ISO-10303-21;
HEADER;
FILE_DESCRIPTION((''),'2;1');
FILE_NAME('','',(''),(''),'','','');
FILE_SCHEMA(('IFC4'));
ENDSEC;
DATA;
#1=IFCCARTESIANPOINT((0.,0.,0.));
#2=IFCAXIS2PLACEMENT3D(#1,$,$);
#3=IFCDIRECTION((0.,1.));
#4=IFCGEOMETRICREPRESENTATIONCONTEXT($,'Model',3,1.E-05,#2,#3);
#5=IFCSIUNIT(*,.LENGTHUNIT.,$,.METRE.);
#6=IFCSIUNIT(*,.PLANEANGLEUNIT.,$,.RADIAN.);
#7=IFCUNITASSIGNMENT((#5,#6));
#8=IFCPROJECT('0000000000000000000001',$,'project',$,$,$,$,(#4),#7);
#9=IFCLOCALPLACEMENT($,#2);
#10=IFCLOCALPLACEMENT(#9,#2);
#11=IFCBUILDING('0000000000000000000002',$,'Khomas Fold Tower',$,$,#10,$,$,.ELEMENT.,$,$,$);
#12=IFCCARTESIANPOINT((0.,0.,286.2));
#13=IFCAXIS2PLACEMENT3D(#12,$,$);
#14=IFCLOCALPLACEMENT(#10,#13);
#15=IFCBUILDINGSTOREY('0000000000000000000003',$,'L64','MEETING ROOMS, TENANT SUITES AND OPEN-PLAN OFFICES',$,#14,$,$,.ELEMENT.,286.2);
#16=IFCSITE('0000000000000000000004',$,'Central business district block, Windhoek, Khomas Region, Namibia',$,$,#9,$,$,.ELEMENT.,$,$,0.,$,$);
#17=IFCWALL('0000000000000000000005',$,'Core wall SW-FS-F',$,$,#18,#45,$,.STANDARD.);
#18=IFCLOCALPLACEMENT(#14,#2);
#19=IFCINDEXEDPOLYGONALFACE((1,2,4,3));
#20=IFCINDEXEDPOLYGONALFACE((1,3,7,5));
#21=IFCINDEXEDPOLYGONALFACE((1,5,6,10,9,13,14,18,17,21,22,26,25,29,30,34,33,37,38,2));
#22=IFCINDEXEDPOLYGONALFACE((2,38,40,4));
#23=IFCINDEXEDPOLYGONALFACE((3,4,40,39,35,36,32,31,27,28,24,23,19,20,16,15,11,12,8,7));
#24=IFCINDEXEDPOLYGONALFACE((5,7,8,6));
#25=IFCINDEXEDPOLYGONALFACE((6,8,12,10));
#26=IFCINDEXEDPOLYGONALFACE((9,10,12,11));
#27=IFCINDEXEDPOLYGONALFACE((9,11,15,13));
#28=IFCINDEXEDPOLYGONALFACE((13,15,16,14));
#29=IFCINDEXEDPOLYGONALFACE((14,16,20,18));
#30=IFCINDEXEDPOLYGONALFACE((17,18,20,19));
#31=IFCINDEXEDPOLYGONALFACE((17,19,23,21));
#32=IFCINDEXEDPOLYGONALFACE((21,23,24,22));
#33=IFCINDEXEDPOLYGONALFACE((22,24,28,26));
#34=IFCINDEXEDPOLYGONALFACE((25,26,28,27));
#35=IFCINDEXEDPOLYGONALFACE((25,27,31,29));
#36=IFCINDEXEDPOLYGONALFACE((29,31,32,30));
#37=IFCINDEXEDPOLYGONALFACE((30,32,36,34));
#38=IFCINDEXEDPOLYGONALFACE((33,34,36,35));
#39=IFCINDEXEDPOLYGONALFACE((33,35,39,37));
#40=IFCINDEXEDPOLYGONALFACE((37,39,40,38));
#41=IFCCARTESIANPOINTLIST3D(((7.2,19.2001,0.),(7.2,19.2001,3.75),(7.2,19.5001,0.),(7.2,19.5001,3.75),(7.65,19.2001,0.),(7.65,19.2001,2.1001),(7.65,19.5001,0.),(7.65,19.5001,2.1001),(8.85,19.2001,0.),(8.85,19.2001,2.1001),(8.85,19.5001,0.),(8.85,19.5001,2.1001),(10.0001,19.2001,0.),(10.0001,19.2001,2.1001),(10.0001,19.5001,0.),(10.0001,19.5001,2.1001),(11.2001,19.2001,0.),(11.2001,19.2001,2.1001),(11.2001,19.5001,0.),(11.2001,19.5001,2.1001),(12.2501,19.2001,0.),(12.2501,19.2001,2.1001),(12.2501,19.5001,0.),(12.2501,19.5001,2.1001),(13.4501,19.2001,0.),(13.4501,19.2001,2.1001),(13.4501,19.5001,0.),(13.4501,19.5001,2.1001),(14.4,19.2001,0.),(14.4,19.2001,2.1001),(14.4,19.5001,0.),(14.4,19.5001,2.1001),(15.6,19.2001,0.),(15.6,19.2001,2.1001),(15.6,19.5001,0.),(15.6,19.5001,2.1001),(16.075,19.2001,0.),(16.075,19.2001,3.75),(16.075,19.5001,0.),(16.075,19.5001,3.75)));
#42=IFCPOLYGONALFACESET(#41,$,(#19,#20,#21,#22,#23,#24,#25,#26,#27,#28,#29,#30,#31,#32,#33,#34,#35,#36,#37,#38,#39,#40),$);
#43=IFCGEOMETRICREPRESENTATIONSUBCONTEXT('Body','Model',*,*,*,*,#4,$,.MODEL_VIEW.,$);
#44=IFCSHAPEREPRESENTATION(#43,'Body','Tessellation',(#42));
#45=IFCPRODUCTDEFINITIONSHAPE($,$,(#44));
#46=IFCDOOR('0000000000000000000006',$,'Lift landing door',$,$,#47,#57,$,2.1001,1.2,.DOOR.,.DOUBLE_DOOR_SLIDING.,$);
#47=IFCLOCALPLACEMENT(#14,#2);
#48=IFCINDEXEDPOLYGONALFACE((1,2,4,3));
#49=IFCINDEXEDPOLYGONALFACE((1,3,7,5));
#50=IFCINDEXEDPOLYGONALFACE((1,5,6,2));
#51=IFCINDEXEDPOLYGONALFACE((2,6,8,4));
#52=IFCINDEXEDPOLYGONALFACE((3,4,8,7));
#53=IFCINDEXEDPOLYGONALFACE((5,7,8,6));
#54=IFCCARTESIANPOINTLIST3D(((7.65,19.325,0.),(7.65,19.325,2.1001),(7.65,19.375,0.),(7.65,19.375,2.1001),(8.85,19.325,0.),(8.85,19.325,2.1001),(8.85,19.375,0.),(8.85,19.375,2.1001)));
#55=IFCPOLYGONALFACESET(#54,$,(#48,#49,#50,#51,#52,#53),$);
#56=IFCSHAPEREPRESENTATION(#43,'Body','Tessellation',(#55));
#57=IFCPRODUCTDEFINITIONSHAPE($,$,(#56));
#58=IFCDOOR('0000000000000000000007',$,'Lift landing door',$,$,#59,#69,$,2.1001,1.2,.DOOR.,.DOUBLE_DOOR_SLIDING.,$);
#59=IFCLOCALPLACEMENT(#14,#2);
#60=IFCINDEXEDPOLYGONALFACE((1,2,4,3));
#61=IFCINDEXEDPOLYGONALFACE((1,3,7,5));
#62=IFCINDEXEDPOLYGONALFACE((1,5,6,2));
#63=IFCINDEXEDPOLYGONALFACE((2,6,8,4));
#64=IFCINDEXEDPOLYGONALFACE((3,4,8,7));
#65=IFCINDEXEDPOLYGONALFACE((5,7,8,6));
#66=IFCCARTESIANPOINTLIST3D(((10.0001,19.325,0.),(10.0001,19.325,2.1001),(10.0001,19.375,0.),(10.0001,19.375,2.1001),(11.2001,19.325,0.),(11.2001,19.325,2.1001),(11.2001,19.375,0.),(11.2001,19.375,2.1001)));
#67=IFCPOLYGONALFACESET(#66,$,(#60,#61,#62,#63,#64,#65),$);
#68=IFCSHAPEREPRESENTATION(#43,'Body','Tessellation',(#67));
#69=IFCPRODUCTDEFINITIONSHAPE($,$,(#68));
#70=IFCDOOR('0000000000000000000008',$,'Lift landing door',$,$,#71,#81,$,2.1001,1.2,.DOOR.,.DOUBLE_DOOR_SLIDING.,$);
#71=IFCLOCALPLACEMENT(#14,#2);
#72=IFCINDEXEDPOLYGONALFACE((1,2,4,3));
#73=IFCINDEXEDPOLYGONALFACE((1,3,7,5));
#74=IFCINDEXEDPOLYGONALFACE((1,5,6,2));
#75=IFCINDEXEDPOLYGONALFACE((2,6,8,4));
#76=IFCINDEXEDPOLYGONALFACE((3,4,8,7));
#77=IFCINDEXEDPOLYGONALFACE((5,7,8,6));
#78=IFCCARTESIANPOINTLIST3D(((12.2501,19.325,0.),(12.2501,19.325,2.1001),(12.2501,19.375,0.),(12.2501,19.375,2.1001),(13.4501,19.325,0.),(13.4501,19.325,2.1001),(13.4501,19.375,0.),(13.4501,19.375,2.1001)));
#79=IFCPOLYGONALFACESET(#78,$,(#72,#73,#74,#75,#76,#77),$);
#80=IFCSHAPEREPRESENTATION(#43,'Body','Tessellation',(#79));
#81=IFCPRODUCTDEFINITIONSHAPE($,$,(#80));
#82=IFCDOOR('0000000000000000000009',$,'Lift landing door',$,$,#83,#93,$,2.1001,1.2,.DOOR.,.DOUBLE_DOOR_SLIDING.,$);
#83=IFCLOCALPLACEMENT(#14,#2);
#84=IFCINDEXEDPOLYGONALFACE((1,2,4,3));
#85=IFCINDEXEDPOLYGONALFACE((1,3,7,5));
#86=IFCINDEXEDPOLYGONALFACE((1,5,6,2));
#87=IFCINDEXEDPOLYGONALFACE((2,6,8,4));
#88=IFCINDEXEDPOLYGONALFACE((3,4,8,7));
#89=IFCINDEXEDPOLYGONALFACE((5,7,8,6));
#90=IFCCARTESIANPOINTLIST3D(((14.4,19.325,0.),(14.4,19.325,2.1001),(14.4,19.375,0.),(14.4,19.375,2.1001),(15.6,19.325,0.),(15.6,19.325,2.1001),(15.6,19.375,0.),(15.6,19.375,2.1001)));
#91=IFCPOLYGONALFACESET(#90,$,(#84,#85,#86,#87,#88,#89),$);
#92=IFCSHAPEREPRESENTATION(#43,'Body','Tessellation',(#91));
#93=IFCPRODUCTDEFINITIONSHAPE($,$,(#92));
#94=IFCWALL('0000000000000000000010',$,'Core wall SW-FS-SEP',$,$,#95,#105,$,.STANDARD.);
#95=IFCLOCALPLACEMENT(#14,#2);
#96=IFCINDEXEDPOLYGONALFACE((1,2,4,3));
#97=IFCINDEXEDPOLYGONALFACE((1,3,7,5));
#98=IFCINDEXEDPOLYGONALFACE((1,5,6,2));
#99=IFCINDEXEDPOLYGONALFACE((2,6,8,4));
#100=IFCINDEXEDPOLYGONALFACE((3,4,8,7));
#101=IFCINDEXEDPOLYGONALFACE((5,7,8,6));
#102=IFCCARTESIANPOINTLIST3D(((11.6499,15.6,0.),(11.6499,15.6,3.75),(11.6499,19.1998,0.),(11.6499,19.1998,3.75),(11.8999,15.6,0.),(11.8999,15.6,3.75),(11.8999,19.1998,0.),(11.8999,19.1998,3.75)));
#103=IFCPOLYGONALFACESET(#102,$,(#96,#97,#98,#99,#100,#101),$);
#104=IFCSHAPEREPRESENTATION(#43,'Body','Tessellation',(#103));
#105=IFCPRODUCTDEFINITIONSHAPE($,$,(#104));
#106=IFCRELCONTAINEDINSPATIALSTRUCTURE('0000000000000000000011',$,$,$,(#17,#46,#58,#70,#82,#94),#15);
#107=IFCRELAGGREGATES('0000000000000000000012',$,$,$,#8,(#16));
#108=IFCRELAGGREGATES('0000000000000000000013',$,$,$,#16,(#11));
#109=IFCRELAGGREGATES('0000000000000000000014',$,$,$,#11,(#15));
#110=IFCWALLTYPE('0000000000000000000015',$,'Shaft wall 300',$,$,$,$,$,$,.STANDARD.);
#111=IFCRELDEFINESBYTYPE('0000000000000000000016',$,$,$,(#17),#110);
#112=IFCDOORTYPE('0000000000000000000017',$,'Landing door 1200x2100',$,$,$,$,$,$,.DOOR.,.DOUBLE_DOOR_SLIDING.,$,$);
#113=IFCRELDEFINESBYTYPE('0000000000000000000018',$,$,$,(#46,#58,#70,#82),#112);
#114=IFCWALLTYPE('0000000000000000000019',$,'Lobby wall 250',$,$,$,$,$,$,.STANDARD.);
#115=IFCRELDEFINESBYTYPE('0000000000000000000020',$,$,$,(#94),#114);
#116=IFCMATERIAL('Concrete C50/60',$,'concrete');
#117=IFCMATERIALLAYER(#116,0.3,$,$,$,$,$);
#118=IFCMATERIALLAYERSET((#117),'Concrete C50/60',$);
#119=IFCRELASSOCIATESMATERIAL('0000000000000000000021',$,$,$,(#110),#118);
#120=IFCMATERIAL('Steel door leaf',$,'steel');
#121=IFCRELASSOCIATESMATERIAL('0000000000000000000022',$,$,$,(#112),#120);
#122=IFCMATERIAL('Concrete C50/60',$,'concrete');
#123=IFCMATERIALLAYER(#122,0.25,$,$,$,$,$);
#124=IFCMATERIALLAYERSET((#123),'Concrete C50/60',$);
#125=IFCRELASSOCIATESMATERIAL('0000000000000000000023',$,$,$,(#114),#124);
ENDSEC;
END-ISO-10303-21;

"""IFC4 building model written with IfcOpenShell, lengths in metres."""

from ifc_helpers import new_model, si_unit, direction, frame, frame_2d, origin, place, context, subcontext, project, spatial, rectangle, extrude, source, transform, mapped, material, layer, layer_set, type_object, element, fill, save


model = new_model("IFC4")

# Units and contexts
model_context = context("Model", 3, precision=1e-05, world=origin(), true_north=direction((0.0, 1.0)))
body_context = subcontext(model_context, "Body", "Model", "MODEL_VIEW")
ifc_project = project(units=[si_unit("LENGTHUNIT", "METRE"), si_unit("PLANEANGLEUNIT", "RADIAN")], contexts=[model_context])

# Site, building, storey
site_placement = place(None, origin())
site = spatial("IfcSite", under=ifc_project, at=site_placement, Name="Central business district block, Windhoek, Khomas Region, Namibia", CompositionType="ELEMENT", RefElevation=0.0)
building_placement = place(site_placement, origin())
building = spatial("IfcBuilding", under=site, at=building_placement, Name="Khomas Fold Tower", CompositionType="ELEMENT")
storey_placement = place(building_placement, frame((0.0, 0.0, 286.2)))
storey = spatial("IfcBuildingStorey", under=building, at=storey_placement, Name="L64", Description="MEETING ROOMS, TENANT SUITES AND OPEN-PLAN OFFICES", CompositionType="ELEMENT", Elevation=286.2)

# Wall, openings, doors
ifc_material_1 = material(Name="Concrete C50/60", Category="concrete")
ifc_layer_1 = layer(ifc_material_1, 0.3)
ifc_layer_set_1 = layer_set([ifc_layer_1], Name="Concrete C50/60")
wall_type_1 = type_object("IfcWallType", Name="Shaft wall 300", PredefinedType="STANDARD", material=ifc_layer_set_1)
shared_shape_1 = source(origin(), body_context, "Body", "SweptSolid", [
    extrude(rectangle(XDim=8.875, YDim=0.3, at=frame_2d((4.4375, 0.0))), origin(), (0.0, 0.0, 1.0), 3.75),
])
wall_1_placement = place(storey_placement, frame((7.2, 19.3501, 0.0), z_axis=(0.0, 0.0, 1.0), x_axis=(1.0, 0.0, 0.0)))
wall_1 = element("IfcWall", 1, at=wall_1_placement, inside=storey, type_object=wall_type_1, Name="Core wall SW-FS-F", PredefinedType="STANDARD", context=body_context, shape_type="MappedRepresentation", body=[
    mapped(shared_shape_1, transform((0.0, 0.0, 0.0))),
])
shared_shape_2 = source(origin(), body_context, "Body", "SweptSolid", [
    extrude(rectangle(XDim=1.2, YDim=2.1001, at=frame_2d((0.6001, 1.05))), frame((0.0, 0.1599, 0.0), z_axis=(0.0, -1.0, 0.0), x_axis=(1.0, 0.0, 0.0)), (0.0, 0.0, 1.0), 0.3201),
])
opening_1_placement = place(wall_1_placement, frame((0.45, 0.0, 0.0)))
opening_1 = element("IfcOpeningElement", 2, at=opening_1_placement, cuts=wall_1, PredefinedType="OPENING", context=body_context, shape_type="MappedRepresentation", body=[
    mapped(shared_shape_2, transform((0.0, 0.0, 0.0))),
])
opening_2_placement = place(wall_1_placement, frame((2.8, 0.0, 0.0)))
opening_2 = element("IfcOpeningElement", 3, at=opening_2_placement, cuts=wall_1, PredefinedType="OPENING", context=body_context, shape_type="MappedRepresentation", body=[
    mapped(shared_shape_2, transform((0.0, 0.0, 0.0))),
])
opening_3_placement = place(wall_1_placement, frame((5.05, 0.0, 0.0)))
opening_3 = element("IfcOpeningElement", 4, at=opening_3_placement, cuts=wall_1, PredefinedType="OPENING", context=body_context, shape_type="MappedRepresentation", body=[
    mapped(shared_shape_2, transform((0.0, 0.0, 0.0))),
])
opening_4_placement = place(wall_1_placement, frame((7.2, 0.0, 0.0)))
opening_4 = element("IfcOpeningElement", 5, at=opening_4_placement, cuts=wall_1, PredefinedType="OPENING", context=body_context, shape_type="MappedRepresentation", body=[
    mapped(shared_shape_2, transform((0.0, 0.0, 0.0))),
])
ifc_material_2 = material(Name="Steel door leaf", Category="steel")
door_type_1 = type_object("IfcDoorType", Name="Landing door 1200x2100", OperationType="DOUBLE_DOOR_SLIDING", PredefinedType="DOOR", material=ifc_material_2)
shared_shape_3 = source(origin(), body_context, "Body", "SweptSolid", [
    extrude(rectangle(XDim=1.2, YDim=2.1001, at=frame_2d((0.6001, 1.05))), frame((0.0, 0.0249, 0.0), z_axis=(0.0, -1.0, 0.0), x_axis=(1.0, 0.0, 0.0)), (0.0, 0.0, 1.0), 0.05),
])
door_1_placement = place(opening_1_placement, origin())
door_1 = element("IfcDoor", 6, at=door_1_placement, inside=storey, type_object=door_type_1, Name="Lift landing door", OperationType="DOUBLE_DOOR_SLIDING", OverallHeight=2.1001, OverallWidth=1.2, PredefinedType="DOOR", context=body_context, shape_type="MappedRepresentation", body=[
    mapped(shared_shape_3, transform((0.0, 0.0, 0.0))),
])
fill(opening_1, door_1)
door_2_placement = place(opening_2_placement, origin())
door_2 = element("IfcDoor", 7, at=door_2_placement, inside=storey, type_object=door_type_1, Name="Lift landing door", OperationType="DOUBLE_DOOR_SLIDING", OverallHeight=2.1001, OverallWidth=1.2, PredefinedType="DOOR", context=body_context, shape_type="MappedRepresentation", body=[
    mapped(shared_shape_3, transform((0.0, 0.0, 0.0))),
])
fill(opening_2, door_2)
door_3_placement = place(opening_3_placement, origin())
door_3 = element("IfcDoor", 8, at=door_3_placement, inside=storey, type_object=door_type_1, Name="Lift landing door", OperationType="DOUBLE_DOOR_SLIDING", OverallHeight=2.1001, OverallWidth=1.2, PredefinedType="DOOR", context=body_context, shape_type="MappedRepresentation", body=[
    mapped(shared_shape_3, transform((0.0, 0.0, 0.0))),
])
fill(opening_3, door_3)
door_4_placement = place(opening_4_placement, origin())
door_4 = element("IfcDoor", 9, at=door_4_placement, inside=storey, type_object=door_type_1, Name="Lift landing door", OperationType="DOUBLE_DOOR_SLIDING", OverallHeight=2.1001, OverallWidth=1.2, PredefinedType="DOOR", context=body_context, shape_type="MappedRepresentation", body=[
    mapped(shared_shape_3, transform((0.0, 0.0, 0.0))),
])
fill(opening_4, door_4)

# Wall
ifc_material_3 = material(Name="Concrete C50/60", Category="concrete")
ifc_layer_2 = layer(ifc_material_3, 0.25)
ifc_layer_set_2 = layer_set([ifc_layer_2], Name="Concrete C50/60")
wall_type_2 = type_object("IfcWallType", Name="Lobby wall 250", PredefinedType="STANDARD", material=ifc_layer_set_2)
shared_shape_4 = source(origin(), body_context, "Body", "SweptSolid", [
    extrude(rectangle(XDim=3.5999, YDim=0.25, at=frame_2d((1.7998, 0.0))), origin(), (0.0, 0.0, 1.0), 3.75),
])
wall_2_placement = place(storey_placement, frame((11.7749, 15.6001, 0.0), z_axis=(0.0, 0.0, 1.0), x_axis=(0.0, 1.0, 0.0)))
element("IfcWall", 10, at=wall_2_placement, inside=storey, type_object=wall_type_2, Name="Core wall SW-FS-SEP", PredefinedType="STANDARD", context=body_context, shape_type="MappedRepresentation", body=[
    mapped(shared_shape_4, transform((0.0, 0.0, 0.0))),
])

save(model, "model.ifc")
